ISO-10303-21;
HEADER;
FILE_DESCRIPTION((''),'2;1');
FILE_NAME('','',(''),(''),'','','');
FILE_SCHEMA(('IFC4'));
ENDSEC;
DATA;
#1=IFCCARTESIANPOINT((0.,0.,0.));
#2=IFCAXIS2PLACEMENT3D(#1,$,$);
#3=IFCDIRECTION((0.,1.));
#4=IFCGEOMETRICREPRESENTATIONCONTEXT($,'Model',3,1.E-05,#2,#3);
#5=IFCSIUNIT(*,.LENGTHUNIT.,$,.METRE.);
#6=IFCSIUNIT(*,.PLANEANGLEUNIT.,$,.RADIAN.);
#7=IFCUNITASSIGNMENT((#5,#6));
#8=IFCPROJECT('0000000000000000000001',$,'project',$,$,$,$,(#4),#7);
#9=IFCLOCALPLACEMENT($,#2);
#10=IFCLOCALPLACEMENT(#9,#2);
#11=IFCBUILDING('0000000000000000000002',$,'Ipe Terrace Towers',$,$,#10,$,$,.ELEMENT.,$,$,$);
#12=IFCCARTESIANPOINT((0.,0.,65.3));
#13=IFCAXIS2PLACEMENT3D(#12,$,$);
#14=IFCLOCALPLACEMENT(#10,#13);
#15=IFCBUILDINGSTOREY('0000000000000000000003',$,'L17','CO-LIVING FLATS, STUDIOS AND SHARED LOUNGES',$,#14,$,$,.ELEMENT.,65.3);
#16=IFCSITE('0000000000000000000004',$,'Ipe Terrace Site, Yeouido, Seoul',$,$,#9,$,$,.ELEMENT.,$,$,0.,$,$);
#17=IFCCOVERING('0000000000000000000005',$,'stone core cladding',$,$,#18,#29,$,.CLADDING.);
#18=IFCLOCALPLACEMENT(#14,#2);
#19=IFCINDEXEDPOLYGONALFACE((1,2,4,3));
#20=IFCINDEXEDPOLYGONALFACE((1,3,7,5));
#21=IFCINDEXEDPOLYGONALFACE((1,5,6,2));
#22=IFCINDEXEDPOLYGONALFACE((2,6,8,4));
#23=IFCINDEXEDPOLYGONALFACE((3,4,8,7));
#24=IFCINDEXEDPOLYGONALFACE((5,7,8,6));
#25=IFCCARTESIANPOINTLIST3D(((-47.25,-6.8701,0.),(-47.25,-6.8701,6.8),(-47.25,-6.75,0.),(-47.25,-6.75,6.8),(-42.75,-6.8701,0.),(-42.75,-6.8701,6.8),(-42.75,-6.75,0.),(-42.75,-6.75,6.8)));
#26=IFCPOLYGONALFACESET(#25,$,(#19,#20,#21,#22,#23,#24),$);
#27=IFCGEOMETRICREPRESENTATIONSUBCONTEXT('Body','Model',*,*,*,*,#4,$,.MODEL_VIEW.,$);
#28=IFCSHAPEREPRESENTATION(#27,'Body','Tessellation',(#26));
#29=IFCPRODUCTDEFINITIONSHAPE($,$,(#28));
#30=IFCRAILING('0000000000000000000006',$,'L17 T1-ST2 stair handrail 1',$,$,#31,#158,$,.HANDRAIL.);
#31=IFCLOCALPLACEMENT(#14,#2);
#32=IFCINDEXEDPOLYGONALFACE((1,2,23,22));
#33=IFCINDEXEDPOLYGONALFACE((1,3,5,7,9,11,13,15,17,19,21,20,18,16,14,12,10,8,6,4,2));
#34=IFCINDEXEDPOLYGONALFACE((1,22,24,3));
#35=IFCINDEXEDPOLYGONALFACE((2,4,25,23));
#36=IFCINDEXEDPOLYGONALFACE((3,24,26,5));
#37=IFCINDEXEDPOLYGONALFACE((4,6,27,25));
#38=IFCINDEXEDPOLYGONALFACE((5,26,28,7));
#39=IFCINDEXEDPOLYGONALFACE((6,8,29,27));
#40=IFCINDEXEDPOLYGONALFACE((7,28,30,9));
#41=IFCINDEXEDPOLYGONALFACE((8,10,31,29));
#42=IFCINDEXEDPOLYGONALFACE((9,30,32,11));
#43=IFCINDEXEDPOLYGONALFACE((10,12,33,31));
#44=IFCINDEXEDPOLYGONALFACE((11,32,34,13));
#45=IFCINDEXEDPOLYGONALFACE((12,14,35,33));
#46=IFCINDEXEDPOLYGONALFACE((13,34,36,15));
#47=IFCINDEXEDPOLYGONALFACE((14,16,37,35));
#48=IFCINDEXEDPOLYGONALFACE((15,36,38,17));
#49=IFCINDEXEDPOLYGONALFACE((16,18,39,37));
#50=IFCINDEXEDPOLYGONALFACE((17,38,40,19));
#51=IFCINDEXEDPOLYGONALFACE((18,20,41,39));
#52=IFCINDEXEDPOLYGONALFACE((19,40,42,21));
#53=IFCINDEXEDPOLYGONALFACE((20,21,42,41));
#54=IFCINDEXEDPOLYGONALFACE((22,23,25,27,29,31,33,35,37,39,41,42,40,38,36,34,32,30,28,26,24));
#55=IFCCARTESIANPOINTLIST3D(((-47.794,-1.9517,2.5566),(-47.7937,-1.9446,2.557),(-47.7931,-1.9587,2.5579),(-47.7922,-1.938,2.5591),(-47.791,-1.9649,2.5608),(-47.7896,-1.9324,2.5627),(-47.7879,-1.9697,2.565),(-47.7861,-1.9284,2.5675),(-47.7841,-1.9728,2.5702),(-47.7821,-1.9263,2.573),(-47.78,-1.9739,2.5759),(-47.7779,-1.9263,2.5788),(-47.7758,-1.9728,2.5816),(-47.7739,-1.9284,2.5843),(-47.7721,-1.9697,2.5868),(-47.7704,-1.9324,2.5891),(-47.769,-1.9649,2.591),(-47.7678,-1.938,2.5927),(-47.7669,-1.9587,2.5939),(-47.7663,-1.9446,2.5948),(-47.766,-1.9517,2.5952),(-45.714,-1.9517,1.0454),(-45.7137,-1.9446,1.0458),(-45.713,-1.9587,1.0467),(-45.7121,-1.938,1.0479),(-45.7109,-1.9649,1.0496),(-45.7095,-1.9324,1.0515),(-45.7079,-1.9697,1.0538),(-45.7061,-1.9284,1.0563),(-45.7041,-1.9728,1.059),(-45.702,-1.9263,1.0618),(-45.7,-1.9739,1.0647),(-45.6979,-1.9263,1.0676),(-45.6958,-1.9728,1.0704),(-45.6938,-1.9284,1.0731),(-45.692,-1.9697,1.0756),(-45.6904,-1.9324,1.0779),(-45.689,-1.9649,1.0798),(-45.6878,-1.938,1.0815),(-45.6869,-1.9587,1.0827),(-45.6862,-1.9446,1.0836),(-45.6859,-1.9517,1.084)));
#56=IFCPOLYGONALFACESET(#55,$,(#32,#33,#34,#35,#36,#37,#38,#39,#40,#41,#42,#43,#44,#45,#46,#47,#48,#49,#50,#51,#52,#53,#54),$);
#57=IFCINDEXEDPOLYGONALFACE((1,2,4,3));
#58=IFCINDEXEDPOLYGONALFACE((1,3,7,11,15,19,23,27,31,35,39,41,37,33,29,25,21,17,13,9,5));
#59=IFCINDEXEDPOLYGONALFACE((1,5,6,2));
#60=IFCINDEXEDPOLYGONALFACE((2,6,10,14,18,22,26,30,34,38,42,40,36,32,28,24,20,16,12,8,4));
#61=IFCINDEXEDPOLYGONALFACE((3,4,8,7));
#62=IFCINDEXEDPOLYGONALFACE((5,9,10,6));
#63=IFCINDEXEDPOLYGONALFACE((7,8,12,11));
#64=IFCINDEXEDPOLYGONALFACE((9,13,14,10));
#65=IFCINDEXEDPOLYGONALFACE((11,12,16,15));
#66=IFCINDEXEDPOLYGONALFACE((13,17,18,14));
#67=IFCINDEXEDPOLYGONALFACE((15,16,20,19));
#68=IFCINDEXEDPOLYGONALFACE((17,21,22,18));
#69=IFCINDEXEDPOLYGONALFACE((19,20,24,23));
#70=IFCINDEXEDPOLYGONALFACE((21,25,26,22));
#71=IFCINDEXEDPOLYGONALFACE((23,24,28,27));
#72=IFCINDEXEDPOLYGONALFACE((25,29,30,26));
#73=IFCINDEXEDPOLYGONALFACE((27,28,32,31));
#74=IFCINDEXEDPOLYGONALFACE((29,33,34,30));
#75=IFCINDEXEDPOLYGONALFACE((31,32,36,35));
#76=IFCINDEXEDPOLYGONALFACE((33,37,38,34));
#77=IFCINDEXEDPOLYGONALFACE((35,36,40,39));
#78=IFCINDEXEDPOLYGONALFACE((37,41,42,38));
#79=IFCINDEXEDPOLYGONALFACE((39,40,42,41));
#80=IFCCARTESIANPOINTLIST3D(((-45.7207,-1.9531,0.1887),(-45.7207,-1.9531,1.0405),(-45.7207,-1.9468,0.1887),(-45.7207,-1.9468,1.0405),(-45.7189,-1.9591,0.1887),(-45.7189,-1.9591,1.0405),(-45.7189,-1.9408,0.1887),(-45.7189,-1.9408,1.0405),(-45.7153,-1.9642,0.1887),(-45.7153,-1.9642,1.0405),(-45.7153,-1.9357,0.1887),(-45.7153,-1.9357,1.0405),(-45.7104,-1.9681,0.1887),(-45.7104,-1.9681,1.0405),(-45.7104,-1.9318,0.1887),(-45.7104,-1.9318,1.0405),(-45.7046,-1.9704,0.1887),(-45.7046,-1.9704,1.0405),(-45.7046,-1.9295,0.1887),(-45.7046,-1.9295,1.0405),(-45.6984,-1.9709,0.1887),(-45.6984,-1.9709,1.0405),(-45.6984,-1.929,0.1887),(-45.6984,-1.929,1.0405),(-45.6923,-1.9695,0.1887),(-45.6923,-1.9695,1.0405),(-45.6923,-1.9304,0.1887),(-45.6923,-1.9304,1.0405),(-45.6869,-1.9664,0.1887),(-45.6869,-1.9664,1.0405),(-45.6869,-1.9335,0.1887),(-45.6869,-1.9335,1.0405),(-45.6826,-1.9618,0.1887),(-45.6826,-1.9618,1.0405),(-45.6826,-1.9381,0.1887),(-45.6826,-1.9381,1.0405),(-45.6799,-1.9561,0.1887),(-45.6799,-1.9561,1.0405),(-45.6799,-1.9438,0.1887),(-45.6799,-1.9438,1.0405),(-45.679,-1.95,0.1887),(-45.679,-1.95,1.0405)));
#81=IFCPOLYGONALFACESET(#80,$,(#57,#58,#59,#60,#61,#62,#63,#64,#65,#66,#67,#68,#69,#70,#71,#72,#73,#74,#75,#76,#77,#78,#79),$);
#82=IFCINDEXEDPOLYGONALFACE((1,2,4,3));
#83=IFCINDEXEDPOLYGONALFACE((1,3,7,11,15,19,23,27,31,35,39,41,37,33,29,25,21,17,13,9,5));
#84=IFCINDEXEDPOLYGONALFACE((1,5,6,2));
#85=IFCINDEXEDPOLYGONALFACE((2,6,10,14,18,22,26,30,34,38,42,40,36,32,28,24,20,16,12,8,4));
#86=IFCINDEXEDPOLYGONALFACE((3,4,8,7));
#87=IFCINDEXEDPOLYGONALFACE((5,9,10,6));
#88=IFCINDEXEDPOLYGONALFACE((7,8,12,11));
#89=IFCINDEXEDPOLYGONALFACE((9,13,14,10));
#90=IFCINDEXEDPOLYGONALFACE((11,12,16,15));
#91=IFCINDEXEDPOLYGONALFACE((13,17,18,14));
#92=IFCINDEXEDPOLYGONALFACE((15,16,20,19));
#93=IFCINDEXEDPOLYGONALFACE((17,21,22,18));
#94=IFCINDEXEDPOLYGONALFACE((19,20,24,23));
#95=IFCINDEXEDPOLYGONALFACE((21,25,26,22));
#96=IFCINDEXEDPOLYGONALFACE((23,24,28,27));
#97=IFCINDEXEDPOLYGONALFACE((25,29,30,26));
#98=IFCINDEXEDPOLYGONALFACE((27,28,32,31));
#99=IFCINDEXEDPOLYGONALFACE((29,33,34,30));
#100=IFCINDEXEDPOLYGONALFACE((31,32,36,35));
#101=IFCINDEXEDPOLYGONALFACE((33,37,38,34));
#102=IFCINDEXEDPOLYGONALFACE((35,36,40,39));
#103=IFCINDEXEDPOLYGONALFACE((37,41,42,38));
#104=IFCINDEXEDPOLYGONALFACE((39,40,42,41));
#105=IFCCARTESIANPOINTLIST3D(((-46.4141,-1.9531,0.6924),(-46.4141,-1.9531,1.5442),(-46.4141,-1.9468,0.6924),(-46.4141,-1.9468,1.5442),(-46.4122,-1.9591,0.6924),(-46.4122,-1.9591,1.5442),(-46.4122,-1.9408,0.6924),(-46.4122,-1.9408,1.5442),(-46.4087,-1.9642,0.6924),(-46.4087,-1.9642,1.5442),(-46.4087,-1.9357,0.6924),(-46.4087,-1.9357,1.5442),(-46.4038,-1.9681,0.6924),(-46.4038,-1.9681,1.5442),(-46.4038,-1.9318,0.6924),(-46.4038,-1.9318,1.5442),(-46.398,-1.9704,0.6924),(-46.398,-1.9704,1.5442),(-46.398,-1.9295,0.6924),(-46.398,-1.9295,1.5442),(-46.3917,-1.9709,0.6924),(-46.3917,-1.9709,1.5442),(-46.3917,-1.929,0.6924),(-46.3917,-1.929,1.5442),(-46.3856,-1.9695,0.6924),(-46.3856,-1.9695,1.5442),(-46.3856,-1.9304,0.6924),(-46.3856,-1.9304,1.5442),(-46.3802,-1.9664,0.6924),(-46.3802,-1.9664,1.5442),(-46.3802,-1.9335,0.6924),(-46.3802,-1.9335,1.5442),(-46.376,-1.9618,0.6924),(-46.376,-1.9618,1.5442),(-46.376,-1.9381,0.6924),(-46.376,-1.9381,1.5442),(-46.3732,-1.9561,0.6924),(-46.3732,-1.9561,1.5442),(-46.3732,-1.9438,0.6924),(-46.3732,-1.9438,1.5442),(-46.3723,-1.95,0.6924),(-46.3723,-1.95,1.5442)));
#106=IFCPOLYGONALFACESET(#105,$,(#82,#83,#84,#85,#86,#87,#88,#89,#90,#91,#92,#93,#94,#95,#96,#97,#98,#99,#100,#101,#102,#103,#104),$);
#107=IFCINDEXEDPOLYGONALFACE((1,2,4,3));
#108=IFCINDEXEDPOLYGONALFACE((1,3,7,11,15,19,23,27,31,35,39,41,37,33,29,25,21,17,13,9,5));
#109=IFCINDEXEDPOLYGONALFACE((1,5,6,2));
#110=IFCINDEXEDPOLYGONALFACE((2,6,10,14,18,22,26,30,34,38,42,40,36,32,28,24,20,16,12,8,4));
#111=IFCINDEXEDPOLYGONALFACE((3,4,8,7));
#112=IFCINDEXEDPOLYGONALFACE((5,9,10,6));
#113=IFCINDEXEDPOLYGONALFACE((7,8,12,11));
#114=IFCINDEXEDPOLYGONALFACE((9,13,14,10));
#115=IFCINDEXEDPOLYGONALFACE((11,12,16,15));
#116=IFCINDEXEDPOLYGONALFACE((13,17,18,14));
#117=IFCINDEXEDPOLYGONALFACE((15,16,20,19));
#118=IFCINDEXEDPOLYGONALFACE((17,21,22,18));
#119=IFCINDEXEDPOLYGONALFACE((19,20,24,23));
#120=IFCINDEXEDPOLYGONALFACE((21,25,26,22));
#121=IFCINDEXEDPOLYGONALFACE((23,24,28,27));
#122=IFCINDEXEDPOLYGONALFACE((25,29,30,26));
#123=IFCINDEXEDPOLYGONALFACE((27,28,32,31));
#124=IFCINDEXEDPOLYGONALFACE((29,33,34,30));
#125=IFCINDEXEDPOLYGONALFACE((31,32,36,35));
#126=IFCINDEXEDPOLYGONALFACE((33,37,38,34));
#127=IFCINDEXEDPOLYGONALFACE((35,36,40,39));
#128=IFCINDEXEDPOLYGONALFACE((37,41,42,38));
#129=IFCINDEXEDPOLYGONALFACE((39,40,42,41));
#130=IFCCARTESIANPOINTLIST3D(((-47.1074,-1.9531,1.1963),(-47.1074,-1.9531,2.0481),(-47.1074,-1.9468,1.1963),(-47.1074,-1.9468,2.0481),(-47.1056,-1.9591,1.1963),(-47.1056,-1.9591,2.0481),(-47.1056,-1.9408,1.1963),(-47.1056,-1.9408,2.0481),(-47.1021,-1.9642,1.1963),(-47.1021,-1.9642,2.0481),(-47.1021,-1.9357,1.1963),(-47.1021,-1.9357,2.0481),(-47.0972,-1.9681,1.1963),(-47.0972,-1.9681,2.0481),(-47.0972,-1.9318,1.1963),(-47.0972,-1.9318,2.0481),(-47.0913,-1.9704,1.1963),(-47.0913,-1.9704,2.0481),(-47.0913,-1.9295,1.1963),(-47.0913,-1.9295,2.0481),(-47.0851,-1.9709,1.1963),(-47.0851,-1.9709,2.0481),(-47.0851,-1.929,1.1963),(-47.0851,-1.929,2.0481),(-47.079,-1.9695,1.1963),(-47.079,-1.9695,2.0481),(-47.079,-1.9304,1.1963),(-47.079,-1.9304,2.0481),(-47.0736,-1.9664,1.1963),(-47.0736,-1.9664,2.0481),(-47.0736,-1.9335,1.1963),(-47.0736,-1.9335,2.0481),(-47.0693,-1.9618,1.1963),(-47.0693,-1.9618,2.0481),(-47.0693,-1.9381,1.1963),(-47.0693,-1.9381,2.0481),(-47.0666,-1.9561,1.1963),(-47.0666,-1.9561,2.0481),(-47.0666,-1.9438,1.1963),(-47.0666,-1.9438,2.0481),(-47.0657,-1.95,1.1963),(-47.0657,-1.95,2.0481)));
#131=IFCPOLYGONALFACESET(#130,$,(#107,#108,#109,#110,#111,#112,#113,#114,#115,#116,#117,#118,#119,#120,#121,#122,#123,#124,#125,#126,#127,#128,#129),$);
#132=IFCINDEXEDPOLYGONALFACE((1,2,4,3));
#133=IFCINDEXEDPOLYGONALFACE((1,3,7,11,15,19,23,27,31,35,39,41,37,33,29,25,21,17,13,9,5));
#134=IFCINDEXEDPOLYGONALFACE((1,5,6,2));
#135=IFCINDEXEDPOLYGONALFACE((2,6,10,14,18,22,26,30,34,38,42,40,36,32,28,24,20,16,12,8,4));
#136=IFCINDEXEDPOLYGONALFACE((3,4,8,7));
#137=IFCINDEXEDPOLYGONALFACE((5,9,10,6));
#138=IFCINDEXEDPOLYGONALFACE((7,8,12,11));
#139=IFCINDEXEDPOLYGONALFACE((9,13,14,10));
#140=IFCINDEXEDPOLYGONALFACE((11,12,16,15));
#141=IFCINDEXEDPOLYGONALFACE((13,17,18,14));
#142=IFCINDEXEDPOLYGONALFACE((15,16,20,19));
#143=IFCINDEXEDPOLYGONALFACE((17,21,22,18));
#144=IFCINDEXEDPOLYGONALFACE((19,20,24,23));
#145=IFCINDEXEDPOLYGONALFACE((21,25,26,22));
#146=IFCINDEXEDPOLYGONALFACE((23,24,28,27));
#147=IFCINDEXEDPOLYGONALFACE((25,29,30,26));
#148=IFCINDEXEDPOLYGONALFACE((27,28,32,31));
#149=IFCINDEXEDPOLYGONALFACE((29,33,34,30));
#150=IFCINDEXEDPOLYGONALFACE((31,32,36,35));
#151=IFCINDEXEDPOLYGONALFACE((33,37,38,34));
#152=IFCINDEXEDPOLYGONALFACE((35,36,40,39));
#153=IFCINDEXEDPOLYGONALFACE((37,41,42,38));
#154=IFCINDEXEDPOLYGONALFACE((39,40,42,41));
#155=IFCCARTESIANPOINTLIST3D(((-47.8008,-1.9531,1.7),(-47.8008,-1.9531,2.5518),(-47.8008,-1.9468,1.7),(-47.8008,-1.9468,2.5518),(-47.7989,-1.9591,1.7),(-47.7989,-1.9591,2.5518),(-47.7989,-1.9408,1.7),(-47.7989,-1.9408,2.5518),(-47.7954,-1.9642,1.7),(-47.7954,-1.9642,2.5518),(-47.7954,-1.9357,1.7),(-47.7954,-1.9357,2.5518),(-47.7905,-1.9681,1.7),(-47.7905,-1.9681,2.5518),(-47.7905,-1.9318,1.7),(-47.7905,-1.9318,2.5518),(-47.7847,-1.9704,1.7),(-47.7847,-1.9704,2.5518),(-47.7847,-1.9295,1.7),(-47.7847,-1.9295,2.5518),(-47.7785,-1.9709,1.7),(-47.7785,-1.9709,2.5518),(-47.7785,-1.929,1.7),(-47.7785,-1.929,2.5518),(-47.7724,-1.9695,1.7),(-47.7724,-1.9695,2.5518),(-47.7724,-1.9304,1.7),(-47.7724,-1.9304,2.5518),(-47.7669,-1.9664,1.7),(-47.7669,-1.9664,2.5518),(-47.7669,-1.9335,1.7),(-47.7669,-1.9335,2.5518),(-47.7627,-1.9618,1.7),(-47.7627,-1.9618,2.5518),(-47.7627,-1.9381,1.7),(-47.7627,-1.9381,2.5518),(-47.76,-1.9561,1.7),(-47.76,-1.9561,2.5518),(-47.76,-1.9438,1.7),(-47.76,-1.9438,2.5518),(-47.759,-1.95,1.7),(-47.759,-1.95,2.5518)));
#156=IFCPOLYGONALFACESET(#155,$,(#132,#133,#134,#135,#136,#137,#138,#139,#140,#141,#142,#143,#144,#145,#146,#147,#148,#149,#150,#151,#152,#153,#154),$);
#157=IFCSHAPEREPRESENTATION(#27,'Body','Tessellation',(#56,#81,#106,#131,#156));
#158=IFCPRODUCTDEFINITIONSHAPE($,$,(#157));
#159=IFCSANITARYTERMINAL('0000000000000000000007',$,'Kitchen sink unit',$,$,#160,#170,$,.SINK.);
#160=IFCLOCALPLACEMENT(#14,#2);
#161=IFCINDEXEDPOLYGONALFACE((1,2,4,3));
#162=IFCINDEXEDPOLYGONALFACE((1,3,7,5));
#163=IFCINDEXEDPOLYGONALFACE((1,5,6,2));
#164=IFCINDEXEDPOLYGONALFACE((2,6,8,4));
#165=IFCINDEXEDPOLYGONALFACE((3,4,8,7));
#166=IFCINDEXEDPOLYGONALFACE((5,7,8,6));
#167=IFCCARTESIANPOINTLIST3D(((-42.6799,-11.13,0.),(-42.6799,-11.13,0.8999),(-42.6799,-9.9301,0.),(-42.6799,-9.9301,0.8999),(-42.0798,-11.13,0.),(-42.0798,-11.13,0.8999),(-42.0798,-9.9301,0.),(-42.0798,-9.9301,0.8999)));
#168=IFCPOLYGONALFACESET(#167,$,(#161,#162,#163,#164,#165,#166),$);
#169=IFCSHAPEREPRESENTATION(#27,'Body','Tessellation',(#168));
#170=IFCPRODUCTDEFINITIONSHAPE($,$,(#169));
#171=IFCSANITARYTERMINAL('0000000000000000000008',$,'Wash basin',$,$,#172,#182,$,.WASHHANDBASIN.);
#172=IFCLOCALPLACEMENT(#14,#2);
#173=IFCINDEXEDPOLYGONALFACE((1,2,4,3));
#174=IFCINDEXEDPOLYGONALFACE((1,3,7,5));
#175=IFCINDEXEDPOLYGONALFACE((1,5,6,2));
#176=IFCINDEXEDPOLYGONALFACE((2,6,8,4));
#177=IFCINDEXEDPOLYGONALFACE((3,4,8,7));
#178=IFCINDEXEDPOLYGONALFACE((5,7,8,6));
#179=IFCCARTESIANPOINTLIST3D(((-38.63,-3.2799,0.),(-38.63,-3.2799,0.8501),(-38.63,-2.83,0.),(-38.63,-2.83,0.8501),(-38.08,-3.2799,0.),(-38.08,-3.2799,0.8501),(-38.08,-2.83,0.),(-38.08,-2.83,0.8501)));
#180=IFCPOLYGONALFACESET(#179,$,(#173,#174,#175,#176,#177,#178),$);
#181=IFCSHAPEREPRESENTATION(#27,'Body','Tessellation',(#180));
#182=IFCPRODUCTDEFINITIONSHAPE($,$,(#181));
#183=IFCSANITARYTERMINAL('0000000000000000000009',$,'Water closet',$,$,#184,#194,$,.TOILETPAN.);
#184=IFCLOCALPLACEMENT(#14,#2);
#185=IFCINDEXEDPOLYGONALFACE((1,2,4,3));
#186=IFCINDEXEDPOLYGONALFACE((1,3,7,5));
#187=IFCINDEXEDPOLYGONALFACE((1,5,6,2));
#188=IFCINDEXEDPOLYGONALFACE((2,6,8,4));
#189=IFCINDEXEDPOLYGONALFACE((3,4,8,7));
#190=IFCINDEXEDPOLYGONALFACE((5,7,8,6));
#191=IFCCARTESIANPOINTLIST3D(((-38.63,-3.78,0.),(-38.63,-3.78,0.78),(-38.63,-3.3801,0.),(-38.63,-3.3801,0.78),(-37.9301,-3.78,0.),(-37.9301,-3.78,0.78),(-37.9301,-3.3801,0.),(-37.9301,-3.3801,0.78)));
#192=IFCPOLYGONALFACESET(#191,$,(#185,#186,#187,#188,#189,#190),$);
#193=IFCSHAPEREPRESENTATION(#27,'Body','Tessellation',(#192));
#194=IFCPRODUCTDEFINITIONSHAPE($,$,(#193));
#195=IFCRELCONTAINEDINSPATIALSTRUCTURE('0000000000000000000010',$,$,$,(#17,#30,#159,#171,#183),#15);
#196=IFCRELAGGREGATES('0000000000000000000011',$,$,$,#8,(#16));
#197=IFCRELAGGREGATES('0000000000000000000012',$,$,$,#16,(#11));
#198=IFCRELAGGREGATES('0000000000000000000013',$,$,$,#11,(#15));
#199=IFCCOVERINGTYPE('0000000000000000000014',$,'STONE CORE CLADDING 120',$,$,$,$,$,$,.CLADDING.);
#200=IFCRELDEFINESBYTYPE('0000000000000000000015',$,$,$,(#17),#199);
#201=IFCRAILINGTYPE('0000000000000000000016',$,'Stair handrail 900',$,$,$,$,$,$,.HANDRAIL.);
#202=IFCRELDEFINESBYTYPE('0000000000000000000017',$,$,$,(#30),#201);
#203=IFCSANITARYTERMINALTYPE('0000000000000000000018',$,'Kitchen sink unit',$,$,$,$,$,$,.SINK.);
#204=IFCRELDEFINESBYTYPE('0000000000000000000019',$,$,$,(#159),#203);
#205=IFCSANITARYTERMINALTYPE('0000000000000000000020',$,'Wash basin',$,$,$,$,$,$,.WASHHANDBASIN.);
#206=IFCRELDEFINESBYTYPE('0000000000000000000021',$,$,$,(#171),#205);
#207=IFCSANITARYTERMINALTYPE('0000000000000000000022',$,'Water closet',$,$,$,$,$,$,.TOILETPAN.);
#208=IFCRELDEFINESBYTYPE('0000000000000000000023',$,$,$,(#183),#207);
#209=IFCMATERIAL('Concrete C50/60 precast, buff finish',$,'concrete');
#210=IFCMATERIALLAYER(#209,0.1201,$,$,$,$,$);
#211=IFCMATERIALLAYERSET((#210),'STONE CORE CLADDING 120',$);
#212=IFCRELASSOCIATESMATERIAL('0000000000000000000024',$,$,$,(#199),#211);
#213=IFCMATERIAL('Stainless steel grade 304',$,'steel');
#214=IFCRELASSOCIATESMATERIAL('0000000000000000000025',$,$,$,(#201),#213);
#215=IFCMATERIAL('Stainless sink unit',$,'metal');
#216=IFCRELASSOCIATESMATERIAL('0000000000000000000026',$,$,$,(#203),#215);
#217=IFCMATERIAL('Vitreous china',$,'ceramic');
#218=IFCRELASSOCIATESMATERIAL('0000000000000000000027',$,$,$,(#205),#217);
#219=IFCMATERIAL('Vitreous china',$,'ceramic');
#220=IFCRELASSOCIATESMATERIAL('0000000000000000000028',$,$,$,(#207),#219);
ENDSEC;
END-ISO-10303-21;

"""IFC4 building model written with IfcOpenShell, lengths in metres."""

from ifc_helpers import new_model, si_unit, direction, frame, origin, origin_2d, place, context, subcontext, project, spatial, rectangle, circle, extrude, material, layer, layer_set, type_object, element, save


model = new_model("IFC4")

# Units and contexts
model_context = context("Model", 3, precision=1e-05, world=origin(), true_north=direction((0.0, 1.0)))
body_context = subcontext(model_context, "Body", "Model", "MODEL_VIEW")
ifc_project = project(units=[si_unit("LENGTHUNIT", "METRE"), si_unit("PLANEANGLEUNIT", "RADIAN")], contexts=[model_context])

# Site, building, storey
site_placement = place(None, origin())
site = spatial("IfcSite", under=ifc_project, at=site_placement, Name="Ipe Terrace Site, Yeouido, Seoul", CompositionType="ELEMENT", RefElevation=0.0)
building_placement = place(site_placement, origin())
building = spatial("IfcBuilding", under=site, at=building_placement, Name="Ipe Terrace Towers", CompositionType="ELEMENT")
storey_placement = place(building_placement, frame((0.0, 0.0, 65.3)))
storey = spatial("IfcBuildingStorey", under=building, at=storey_placement, Name="L17", Description="CO-LIVING FLATS, STUDIOS AND SHARED LOUNGES", CompositionType="ELEMENT", Elevation=65.3)

# Covering
ifc_material_1 = material(Name="Concrete C50/60 precast, buff finish", Category="concrete")
ifc_layer_1 = layer(ifc_material_1, 0.1201)
ifc_layer_set_1 = layer_set([ifc_layer_1], Name="STONE CORE CLADDING 120")
covering_type = type_object("IfcCoveringType", Name="STONE CORE CLADDING 120", PredefinedType="CLADDING", material=ifc_layer_set_1)
covering_placement = place(storey_placement, frame((-45.0, -6.8101, 0.0), z_axis=(0.0, 0.0, 1.0), x_axis=(1.0, 0.0, 0.0)))
element("IfcCovering", 1, at=covering_placement, inside=storey, type_object=covering_type, Name="stone core cladding", PredefinedType="CLADDING", context=body_context, shape_type="SweptSolid", body=[
    extrude(rectangle(XDim=4.5, YDim=0.1201, at=origin_2d()), origin(), (0.0, 0.0, 1.0), 6.8),
])

# Railing
ifc_material_2 = material(Name="Stainless steel grade 304", Category="steel")
railing_type_1 = type_object("IfcRailingType", Name="Stair handrail 900", PredefinedType="HANDRAIL", material=ifc_material_2)
railing_1_placement = place(storey_placement, frame((-45.7, -1.95, 0.1887)))
element("IfcRailing", 2, at=railing_1_placement, inside=storey, type_object=railing_type_1, Name="L17 T1-ST2 stair handrail 1", PredefinedType="HANDRAIL", context=body_context, shape_type="SweptSolid", body=[
    extrude(circle(Radius=0.0239, at=origin_2d()), frame((0.0, 0.0, 0.876), z_axis=(-0.809023, 0.0, 0.587776), x_axis=(0.0, -1.0, 0.0)), (0.0, 0.0, 1.0), 2.571),
    extrude(circle(Radius=0.021, at=origin_2d()), origin(), (0.0, 0.0, 1.0), 0.8518),
    extrude(circle(Radius=0.021, at=origin_2d()), frame((-0.6934, 0.0, 0.5037)), (0.0, 0.0, 1.0), 0.8518),
    extrude(circle(Radius=0.021, at=origin_2d()), frame((-1.3867, 0.0, 1.0076)), (0.0, 0.0, 1.0), 0.8518),
    extrude(circle(Radius=0.021, at=origin_2d()), frame((-2.0801, 0.0, 1.5112)), (0.0, 0.0, 1.0), 0.8518),
])

# Sanitary terminals
ifc_material_3 = material(Name="Stainless sink unit", Category="metal")
sanitary_terminal_type_1 = type_object("IfcSanitaryTerminalType", Name="Kitchen sink unit", PredefinedType="SINK", material=ifc_material_3)
sanitary_terminal_1_placement = place(storey_placement, frame((-42.3799, -10.53, 0.0), z_axis=(0.0, 0.0, 1.0), x_axis=(0.0, 1.0, 0.0)))
element("IfcSanitaryTerminal", 3, at=sanitary_terminal_1_placement, inside=storey, type_object=sanitary_terminal_type_1, Name="Kitchen sink unit", PredefinedType="SINK", context=body_context, shape_type="SweptSolid", body=[
    extrude(rectangle(XDim=1.2, YDim=0.6001, at=origin_2d()), origin(), (0.0, 0.0, 1.0), 0.8999),
])
ifc_material_4 = material(Name="Vitreous china", Category="ceramic")
sanitary_terminal_type_2 = type_object("IfcSanitaryTerminalType", Name="Wash basin", PredefinedType="WASHHANDBASIN", material=ifc_material_4)
sanitary_terminal_2_placement = place(storey_placement, frame((-38.355, -3.0549, 0.0), z_axis=(0.0, 0.0, 1.0), x_axis=(1.0, 0.0, 0.0)))
element("IfcSanitaryTerminal", 4, at=sanitary_terminal_2_placement, inside=storey, type_object=sanitary_terminal_type_2, Name="Wash basin", PredefinedType="WASHHANDBASIN", context=body_context, shape_type="SweptSolid", body=[
    extrude(rectangle(XDim=0.55, YDim=0.45, at=origin_2d()), origin(), (0.0, 0.0, 1.0), 0.8501),
])
ifc_material_5 = material(Name="Vitreous china", Category="ceramic")
sanitary_terminal_type_3 = type_object("IfcSanitaryTerminalType", Name="Water closet", PredefinedType="TOILETPAN", material=ifc_material_5)
sanitary_terminal_3_placement = place(storey_placement, frame((-38.28, -3.5801, 0.0), z_axis=(0.0, 0.0, 1.0), x_axis=(1.0, 0.0, 0.0)))
element("IfcSanitaryTerminal", 5, at=sanitary_terminal_3_placement, inside=storey, type_object=sanitary_terminal_type_3, Name="Water closet", PredefinedType="TOILETPAN", context=body_context, shape_type="SweptSolid", body=[
    extrude(rectangle(XDim=0.7, YDim=0.3999, at=origin_2d()), origin(), (0.0, 0.0, 1.0), 0.78),
])

save(model, "model.ifc")
